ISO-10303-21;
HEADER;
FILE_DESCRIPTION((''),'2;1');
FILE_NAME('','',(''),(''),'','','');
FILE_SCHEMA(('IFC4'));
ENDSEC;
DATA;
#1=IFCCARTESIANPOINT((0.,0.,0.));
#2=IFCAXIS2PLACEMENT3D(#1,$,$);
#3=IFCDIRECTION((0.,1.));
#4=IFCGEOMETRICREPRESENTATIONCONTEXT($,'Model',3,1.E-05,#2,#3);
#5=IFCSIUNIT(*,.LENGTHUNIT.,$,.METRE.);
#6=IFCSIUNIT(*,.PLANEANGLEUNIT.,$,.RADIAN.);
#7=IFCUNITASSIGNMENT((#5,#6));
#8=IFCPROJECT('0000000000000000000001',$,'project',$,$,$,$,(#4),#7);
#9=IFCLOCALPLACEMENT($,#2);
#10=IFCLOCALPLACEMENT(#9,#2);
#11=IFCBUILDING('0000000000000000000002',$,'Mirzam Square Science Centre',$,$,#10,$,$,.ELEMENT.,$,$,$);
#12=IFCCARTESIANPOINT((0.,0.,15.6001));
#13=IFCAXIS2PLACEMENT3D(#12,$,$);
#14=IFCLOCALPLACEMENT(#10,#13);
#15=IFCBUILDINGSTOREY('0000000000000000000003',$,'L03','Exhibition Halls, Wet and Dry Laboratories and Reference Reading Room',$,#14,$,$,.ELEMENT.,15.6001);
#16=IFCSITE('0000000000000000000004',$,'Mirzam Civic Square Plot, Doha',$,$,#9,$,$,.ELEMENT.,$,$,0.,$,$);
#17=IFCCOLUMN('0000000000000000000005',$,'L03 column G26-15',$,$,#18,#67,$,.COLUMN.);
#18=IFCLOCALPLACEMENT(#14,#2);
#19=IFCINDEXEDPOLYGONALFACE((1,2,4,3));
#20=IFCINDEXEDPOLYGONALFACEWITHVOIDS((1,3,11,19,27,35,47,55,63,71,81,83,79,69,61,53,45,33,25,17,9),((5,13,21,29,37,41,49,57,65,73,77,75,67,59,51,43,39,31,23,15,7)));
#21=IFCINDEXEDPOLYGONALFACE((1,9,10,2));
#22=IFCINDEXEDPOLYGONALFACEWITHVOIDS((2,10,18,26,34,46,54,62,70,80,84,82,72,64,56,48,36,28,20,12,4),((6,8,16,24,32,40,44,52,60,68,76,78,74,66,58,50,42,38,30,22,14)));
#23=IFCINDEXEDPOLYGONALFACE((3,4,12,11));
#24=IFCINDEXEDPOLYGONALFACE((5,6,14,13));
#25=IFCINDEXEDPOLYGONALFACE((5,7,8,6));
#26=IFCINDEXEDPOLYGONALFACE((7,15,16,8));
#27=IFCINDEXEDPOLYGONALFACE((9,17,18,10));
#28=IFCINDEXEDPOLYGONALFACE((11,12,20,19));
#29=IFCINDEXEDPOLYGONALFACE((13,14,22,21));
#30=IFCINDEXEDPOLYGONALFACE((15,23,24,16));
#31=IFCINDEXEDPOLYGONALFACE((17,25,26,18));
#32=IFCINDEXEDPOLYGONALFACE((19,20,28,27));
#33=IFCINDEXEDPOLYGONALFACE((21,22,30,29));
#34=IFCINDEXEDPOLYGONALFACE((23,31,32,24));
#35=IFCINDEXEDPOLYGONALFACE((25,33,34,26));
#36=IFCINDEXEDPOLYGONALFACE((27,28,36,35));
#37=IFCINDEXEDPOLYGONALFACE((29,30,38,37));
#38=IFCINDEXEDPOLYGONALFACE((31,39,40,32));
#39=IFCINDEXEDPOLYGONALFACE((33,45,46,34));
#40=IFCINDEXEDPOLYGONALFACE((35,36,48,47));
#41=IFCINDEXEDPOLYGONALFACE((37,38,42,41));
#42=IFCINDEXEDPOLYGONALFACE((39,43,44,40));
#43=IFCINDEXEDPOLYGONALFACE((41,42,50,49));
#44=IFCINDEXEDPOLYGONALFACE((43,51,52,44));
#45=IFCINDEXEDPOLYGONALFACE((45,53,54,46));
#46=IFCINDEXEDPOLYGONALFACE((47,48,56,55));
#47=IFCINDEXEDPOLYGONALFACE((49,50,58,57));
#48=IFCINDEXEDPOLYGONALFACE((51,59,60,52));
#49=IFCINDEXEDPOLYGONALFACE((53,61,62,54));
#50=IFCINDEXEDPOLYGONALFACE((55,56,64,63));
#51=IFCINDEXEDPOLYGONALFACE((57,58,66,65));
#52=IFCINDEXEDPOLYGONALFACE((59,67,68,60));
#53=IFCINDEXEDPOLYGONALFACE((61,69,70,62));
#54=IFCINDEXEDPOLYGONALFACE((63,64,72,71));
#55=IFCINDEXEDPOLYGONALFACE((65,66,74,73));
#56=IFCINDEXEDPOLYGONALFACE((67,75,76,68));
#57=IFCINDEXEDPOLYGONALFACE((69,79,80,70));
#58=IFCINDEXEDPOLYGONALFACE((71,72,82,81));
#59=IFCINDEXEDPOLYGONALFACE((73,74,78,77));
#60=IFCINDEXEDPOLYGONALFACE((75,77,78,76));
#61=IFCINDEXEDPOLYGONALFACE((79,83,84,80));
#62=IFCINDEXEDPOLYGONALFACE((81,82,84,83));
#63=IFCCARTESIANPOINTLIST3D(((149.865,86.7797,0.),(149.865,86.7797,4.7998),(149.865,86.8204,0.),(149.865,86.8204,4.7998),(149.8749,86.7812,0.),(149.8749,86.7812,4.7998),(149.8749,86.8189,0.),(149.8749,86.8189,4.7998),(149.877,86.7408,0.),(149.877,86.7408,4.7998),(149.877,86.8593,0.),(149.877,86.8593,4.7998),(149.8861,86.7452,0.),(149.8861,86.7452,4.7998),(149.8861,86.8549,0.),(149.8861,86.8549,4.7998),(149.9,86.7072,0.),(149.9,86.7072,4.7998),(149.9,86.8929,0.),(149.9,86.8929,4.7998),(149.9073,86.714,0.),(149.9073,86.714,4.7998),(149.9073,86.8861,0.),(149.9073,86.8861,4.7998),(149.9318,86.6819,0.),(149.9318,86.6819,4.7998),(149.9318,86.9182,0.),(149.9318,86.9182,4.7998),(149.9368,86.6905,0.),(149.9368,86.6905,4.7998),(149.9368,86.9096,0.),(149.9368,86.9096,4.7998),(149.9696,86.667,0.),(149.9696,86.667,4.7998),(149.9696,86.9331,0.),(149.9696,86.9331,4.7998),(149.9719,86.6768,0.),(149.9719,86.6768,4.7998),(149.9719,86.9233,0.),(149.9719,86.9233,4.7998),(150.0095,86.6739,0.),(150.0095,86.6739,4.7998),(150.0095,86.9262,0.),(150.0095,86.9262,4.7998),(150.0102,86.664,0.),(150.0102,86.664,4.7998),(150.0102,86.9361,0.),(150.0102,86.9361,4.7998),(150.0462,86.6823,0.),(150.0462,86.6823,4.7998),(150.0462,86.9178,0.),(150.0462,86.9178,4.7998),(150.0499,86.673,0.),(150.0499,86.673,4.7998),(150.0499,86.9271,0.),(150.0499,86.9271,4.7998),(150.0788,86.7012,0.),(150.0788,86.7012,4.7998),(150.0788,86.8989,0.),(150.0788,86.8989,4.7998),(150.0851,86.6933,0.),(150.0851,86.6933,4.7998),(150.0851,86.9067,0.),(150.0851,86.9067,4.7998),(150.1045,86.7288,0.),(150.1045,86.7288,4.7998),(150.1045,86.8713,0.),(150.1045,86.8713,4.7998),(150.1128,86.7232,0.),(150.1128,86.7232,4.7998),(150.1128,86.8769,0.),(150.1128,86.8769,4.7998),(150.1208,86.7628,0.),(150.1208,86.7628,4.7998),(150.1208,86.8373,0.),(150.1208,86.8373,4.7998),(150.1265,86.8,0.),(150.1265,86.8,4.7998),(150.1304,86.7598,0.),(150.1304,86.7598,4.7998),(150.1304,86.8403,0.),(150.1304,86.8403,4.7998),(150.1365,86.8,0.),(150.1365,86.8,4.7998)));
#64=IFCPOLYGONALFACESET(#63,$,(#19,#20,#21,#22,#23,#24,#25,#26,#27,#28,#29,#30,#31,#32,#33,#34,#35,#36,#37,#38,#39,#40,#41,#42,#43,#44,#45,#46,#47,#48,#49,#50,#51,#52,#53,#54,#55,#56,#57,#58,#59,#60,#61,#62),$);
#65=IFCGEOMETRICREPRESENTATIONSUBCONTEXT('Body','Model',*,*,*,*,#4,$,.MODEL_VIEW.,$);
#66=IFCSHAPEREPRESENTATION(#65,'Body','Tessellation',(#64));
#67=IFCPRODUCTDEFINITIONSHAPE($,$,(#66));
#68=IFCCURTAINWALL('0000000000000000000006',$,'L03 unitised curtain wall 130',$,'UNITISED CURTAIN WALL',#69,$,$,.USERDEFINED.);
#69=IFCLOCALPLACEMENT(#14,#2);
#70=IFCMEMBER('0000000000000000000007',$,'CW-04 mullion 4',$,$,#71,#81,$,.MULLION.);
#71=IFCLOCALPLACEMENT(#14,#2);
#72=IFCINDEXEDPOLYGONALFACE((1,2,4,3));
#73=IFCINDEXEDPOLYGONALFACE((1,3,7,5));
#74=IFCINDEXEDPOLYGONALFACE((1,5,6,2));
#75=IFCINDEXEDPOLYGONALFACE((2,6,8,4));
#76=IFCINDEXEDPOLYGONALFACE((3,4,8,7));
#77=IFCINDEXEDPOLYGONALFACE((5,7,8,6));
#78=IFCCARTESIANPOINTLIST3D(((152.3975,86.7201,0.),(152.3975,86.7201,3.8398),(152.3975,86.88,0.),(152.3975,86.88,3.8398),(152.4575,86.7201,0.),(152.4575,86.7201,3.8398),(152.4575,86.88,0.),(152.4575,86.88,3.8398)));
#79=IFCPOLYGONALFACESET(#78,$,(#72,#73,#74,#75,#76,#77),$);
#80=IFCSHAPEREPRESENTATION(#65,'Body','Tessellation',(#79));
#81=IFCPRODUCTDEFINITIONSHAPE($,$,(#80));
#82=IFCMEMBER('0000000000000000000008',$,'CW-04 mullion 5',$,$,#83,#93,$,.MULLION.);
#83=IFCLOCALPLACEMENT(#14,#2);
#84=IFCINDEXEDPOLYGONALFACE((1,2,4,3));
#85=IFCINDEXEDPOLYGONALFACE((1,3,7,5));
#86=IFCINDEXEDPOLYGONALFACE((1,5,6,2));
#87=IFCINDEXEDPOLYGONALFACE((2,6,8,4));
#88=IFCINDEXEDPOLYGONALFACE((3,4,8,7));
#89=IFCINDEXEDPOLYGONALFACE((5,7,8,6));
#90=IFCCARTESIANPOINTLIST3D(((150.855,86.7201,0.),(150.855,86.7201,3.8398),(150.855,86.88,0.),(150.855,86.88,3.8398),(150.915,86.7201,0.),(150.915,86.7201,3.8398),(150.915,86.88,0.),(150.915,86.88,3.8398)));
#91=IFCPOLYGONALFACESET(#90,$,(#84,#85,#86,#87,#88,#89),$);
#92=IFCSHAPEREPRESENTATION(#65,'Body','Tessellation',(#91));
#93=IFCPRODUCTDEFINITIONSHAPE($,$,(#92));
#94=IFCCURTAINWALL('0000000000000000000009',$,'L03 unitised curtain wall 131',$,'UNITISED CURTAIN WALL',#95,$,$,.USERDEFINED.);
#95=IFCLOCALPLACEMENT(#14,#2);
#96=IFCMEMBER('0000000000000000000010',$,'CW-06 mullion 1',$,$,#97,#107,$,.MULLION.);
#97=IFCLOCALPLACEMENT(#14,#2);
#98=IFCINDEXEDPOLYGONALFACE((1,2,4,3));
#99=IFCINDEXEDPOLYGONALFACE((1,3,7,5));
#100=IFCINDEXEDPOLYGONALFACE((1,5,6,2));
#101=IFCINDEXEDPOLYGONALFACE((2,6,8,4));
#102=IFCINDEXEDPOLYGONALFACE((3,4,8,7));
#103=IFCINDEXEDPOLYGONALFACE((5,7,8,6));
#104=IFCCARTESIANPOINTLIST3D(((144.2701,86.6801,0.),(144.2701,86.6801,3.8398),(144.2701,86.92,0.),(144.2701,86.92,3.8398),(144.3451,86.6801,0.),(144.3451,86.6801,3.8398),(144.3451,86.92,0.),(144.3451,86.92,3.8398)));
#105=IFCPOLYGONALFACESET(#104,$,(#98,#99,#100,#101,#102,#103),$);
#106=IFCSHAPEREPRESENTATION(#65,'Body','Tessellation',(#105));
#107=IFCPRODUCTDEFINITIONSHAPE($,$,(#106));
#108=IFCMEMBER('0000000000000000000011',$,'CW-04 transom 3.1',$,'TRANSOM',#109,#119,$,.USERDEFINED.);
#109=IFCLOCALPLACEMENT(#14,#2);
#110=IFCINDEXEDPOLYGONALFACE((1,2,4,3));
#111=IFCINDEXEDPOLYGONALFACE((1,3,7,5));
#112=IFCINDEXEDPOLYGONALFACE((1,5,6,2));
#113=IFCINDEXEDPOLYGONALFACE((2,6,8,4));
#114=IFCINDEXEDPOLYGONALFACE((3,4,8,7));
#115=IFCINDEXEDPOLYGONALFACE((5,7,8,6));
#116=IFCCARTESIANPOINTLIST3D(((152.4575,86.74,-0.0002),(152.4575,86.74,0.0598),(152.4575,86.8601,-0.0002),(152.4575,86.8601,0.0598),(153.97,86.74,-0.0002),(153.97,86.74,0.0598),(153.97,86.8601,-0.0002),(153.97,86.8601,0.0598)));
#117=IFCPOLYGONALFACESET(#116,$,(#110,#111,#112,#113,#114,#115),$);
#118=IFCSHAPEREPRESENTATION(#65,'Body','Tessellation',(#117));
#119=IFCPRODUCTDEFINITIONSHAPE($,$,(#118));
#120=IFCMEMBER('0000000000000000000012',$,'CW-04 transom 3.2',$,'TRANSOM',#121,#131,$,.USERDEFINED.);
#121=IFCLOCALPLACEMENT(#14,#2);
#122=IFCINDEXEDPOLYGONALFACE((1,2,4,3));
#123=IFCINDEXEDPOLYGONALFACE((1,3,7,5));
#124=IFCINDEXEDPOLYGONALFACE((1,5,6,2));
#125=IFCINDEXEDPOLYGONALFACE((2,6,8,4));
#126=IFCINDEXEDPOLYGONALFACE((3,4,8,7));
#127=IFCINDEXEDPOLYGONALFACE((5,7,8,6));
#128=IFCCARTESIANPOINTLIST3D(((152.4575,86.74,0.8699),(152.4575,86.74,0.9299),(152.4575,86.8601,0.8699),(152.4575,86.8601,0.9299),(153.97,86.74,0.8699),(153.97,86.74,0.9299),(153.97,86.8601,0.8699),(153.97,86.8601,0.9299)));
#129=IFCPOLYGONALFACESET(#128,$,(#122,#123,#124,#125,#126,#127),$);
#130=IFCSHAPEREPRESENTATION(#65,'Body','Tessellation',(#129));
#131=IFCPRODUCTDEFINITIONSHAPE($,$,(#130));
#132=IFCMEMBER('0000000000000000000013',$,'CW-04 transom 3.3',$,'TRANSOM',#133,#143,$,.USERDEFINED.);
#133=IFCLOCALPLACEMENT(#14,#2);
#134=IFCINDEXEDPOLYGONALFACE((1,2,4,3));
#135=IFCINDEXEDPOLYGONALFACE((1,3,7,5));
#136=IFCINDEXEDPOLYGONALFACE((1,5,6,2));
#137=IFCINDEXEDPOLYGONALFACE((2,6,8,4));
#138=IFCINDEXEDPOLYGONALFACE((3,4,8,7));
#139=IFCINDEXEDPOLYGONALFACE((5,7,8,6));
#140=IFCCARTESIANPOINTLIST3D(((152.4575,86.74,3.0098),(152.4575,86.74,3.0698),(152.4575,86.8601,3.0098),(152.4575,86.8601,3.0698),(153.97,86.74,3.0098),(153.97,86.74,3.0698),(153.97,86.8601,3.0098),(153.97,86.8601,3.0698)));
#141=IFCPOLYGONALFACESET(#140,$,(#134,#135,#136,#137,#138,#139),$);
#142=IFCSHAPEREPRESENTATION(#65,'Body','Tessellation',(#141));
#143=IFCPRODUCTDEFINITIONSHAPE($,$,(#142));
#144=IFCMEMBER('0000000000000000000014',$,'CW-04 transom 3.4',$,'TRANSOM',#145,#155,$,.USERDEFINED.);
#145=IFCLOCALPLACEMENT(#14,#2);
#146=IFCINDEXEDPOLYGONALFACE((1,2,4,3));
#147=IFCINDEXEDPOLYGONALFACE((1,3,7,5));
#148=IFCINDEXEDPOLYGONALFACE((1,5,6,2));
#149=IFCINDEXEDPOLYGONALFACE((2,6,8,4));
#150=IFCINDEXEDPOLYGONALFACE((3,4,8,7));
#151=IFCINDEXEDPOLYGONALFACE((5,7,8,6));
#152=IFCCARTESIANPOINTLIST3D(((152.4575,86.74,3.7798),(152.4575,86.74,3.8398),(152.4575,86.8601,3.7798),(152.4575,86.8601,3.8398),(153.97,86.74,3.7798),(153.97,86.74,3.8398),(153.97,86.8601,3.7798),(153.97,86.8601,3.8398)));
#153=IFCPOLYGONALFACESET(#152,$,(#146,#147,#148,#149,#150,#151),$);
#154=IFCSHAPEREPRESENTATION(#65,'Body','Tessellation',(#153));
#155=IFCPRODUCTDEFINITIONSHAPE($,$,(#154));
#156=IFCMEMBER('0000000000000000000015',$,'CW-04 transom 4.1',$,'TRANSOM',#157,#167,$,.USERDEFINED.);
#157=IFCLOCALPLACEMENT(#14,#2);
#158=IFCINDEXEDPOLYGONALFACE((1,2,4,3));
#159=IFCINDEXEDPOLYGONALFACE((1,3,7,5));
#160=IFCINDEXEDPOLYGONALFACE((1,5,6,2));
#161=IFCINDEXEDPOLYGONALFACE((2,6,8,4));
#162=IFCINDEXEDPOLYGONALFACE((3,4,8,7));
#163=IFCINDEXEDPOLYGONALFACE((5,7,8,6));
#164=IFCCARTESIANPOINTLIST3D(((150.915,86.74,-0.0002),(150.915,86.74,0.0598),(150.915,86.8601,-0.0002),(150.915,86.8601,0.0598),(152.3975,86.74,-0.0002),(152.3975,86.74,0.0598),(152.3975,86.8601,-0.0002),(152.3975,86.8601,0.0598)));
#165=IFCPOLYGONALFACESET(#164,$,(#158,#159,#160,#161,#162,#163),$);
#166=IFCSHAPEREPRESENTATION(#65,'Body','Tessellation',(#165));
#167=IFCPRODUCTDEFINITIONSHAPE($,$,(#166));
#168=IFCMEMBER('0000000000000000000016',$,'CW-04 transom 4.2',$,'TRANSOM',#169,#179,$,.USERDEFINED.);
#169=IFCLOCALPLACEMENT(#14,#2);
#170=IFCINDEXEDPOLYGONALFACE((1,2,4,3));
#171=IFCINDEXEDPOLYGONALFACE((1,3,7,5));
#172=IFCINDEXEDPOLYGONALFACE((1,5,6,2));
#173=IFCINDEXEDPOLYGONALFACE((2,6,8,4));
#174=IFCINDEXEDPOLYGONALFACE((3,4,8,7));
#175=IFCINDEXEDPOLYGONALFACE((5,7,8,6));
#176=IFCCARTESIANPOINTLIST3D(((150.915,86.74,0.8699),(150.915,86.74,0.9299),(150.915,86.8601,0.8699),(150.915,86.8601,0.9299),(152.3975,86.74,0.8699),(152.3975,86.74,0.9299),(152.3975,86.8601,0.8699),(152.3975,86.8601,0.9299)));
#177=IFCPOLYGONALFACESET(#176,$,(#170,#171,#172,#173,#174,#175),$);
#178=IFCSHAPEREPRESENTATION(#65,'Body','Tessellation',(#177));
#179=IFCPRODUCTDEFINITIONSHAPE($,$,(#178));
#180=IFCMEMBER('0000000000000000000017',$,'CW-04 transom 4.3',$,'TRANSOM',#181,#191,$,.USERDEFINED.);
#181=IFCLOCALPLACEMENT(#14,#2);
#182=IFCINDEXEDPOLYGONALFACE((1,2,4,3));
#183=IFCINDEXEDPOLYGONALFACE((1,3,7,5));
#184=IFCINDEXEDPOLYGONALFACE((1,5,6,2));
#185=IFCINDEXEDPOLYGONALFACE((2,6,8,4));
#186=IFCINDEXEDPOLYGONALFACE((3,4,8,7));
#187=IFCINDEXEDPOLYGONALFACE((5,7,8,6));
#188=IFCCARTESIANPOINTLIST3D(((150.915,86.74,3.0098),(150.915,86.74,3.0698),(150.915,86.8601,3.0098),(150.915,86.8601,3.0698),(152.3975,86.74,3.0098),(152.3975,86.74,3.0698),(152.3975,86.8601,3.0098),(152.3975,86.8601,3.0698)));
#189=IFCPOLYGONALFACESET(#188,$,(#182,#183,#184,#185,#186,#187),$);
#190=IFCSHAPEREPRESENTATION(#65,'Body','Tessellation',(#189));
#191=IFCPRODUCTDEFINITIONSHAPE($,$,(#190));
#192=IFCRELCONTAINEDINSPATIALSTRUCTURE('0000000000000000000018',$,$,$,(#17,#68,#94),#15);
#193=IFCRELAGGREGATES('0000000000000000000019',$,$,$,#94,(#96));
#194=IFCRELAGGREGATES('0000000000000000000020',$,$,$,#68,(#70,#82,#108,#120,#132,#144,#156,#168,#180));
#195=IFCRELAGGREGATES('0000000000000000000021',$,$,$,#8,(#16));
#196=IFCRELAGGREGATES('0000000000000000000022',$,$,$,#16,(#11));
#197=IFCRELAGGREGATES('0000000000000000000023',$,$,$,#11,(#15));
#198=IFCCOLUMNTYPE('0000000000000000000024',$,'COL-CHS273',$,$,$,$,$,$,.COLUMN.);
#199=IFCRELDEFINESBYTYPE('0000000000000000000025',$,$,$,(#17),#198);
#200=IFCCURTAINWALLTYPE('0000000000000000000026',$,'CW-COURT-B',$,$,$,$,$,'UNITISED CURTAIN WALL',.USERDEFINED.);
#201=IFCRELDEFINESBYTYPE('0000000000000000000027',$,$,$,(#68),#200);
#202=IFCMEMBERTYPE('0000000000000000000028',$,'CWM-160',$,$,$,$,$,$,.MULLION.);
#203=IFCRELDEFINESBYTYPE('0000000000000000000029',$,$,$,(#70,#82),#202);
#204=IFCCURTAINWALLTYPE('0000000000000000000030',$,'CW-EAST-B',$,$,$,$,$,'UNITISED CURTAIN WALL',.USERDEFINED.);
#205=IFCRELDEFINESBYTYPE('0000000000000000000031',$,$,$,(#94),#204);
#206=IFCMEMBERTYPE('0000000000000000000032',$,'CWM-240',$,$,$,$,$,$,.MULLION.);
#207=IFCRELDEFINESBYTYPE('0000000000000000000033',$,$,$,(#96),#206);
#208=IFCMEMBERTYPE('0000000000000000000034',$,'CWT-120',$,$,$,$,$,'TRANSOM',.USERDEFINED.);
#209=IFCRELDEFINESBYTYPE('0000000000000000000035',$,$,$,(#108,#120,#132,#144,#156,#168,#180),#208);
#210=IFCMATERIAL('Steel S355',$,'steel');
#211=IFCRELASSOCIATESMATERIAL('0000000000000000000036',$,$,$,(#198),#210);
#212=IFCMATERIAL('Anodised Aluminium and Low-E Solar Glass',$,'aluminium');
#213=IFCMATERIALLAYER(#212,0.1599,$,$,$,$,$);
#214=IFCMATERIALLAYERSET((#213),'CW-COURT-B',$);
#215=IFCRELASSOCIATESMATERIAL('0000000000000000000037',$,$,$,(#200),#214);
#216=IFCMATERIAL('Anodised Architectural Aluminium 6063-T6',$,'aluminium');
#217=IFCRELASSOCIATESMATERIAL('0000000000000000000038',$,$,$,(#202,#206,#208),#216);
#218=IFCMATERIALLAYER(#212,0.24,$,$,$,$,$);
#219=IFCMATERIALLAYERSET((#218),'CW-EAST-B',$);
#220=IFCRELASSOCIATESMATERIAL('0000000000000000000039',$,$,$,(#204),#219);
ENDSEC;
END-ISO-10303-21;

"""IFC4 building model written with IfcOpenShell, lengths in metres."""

from ifc_helpers import new_model, si_unit, direction, frame, origin, origin_2d, place, context, subcontext, project, spatial, rectangle, hollow_circle, extrude, material, layer, layer_set, material_profile, profile_set, type_object, element, aggregate, save


model = new_model("IFC4")

# Units and contexts
model_context = context("Model", 3, precision=1e-05, world=origin(), true_north=direction((0.0, 1.0)))
body_context = subcontext(model_context, "Body", "Model", "MODEL_VIEW")
ifc_project = project(units=[si_unit("LENGTHUNIT", "METRE"), si_unit("PLANEANGLEUNIT", "RADIAN")], contexts=[model_context])

# Site, building, storey
site_placement = place(None, origin())
site = spatial("IfcSite", under=ifc_project, at=site_placement, Name="Mirzam Civic Square Plot, Doha", CompositionType="ELEMENT", RefElevation=0.0)
building_placement = place(site_placement, origin())
building = spatial("IfcBuilding", under=site, at=building_placement, Name="Mirzam Square Science Centre", CompositionType="ELEMENT")
storey_placement = place(building_placement, frame((0.0, 0.0, 15.6001)))
storey = spatial("IfcBuildingStorey", under=building, at=storey_placement, Name="L03", Description="Exhibition Halls, Wet and Dry Laboratories and Reference Reading Room", CompositionType="ELEMENT", Elevation=15.6001)

# Column
ifc_material_1 = material(Name="Steel S355", Category="steel")
ifc_material_profile_1 = material_profile(ifc_material_1, hollow_circle(Radius=0.1365, WallThickness=0.01, at=origin_2d()), Name="273.0x10.0CHS")
ifc_profile_set_1 = profile_set([ifc_material_profile_1], Name="Steel S355")
column_type = type_object("IfcColumnType", Name="COL-CHS273", PredefinedType="COLUMN", material=ifc_profile_set_1)
column_placement = place(storey_placement, frame((150.0, 86.8, 0.0), z_axis=(0.0, 0.0, 1.0), x_axis=(1.0, 0.0, 0.0)))
element("IfcColumn", 1, at=column_placement, inside=storey, type_object=column_type, Name="L03 column G26-15", PredefinedType="COLUMN", context=body_context, shape_type="SweptSolid", body=[
    extrude(hollow_circle(Radius=0.1365, WallThickness=0.01, at=origin_2d()), origin(), (0.0, 0.0, 1.0), 4.7998),
])

# Curtain wall, members
ifc_material_2 = material(Name="Anodised Aluminium and Low-E Solar Glass", Category="aluminium")
ifc_layer_1 = layer(ifc_material_2, 0.1599)
ifc_layer_set_1 = layer_set([ifc_layer_1], Name="CW-COURT-B")
curtain_wall_type_1 = type_object("IfcCurtainWallType", Name="CW-COURT-B", ElementType="UNITISED CURTAIN WALL", PredefinedType="USERDEFINED", material=ifc_layer_set_1)
curtain_wall_1_placement = place(storey_placement, origin())
curtain_wall_1 = element("IfcCurtainWall", 2, at=curtain_wall_1_placement, inside=storey, type_object=curtain_wall_type_1, Name="L03 unitised curtain wall 130", ObjectType="UNITISED CURTAIN WALL", PredefinedType="USERDEFINED")
ifc_material_3 = material(Name="Anodised Architectural Aluminium 6063-T6", Category="aluminium")
ifc_material_profile_2 = material_profile(ifc_material_3, rectangle(XDim=0.0601, YDim=0.1599, at=origin_2d()), Name="ALU-MULL-160x60x4")
ifc_profile_set_2 = profile_set([ifc_material_profile_2], Name="Anodised Architectural Aluminium 6063-T6")
member_type_1 = type_object("IfcMemberType", Name="CWM-160", PredefinedType="MULLION", material=ifc_profile_set_2)
member_1_placement = place(storey_placement, frame((152.4275, 86.8, 0.0), z_axis=(0.0, 0.0, 1.0), x_axis=(-1.0, 0.0, 0.0)))
member_1 = element("IfcMember", 3, at=member_1_placement, type_object=member_type_1, Name="CW-04 mullion 4", PredefinedType="MULLION", context=body_context, shape_type="SweptSolid", body=[
    extrude(rectangle(XDim=0.0601, YDim=0.1599, at=origin_2d()), origin(), (0.0, 0.0, 1.0), 3.8398),
])
member_2_placement = place(storey_placement, frame((150.885, 86.8, 0.0), z_axis=(0.0, 0.0, 1.0), x_axis=(-1.0, 0.0, 0.0)))
member_2 = element("IfcMember", 4, at=member_2_placement, type_object=member_type_1, Name="CW-04 mullion 5", PredefinedType="MULLION", context=body_context, shape_type="SweptSolid", body=[
    extrude(rectangle(XDim=0.0601, YDim=0.1599, at=origin_2d()), origin(), (0.0, 0.0, 1.0), 3.8398),
])

# Curtain wall, member
ifc_layer_2 = layer(ifc_material_2, 0.24)
ifc_layer_set_2 = layer_set([ifc_layer_2], Name="CW-EAST-B")
curtain_wall_type_2 = type_object("IfcCurtainWallType", Name="CW-EAST-B", ElementType="UNITISED CURTAIN WALL", PredefinedType="USERDEFINED", material=ifc_layer_set_2)
curtain_wall_2_placement = place(storey_placement, origin())
curtain_wall_2 = element("IfcCurtainWall", 5, at=curtain_wall_2_placement, inside=storey, type_object=curtain_wall_type_2, Name="L03 unitised curtain wall 131", ObjectType="UNITISED CURTAIN WALL", PredefinedType="USERDEFINED")
ifc_material_profile_3 = material_profile(ifc_material_3, rectangle(XDim=0.075, YDim=0.24, at=origin_2d()), Name="ALU-MULL-240x75x5")
ifc_profile_set_3 = profile_set([ifc_material_profile_3], Name="Anodised Architectural Aluminium 6063-T6")
member_type_2 = type_object("IfcMemberType", Name="CWM-240", PredefinedType="MULLION", material=ifc_profile_set_3)
member_3_placement = place(storey_placement, frame((144.3076, 86.8, 0.0), z_axis=(0.0, 0.0, 1.0), x_axis=(-1.0, 0.0, 0.0)))
member_3 = element("IfcMember", 6, at=member_3_placement, type_object=member_type_2, Name="CW-06 mullion 1", PredefinedType="MULLION", context=body_context, shape_type="SweptSolid", body=[
    extrude(rectangle(XDim=0.075, YDim=0.24, at=origin_2d()), origin(), (0.0, 0.0, 1.0), 3.8398),
])

# Members
ifc_material_profile_4 = material_profile(ifc_material_3, rectangle(XDim=0.1201, YDim=0.0601, at=origin_2d()), Name="ALU-TRAN-120x60x4")
ifc_profile_set_4 = profile_set([ifc_material_profile_4], Name="Anodised Architectural Aluminium 6063-T6")
member_type_3 = type_object("IfcMemberType", Name="CWT-120", ElementType="TRANSOM", PredefinedType="USERDEFINED", material=ifc_profile_set_4)
member_4_placement = place(storey_placement, frame((153.97, 86.8, 0.0298), z_axis=(-1.0, 0.0, 0.0), x_axis=(0.0, -1.0, 0.0)))
member_4 = element("IfcMember", 7, at=member_4_placement, type_object=member_type_3, Name="CW-04 transom 3.1", ObjectType="TRANSOM", PredefinedType="USERDEFINED", context=body_context, shape_type="SweptSolid", body=[
    extrude(rectangle(XDim=0.1201, YDim=0.0601, at=origin_2d()), origin(), (0.0, 0.0, 1.0), 1.5125),
])
member_5_placement = place(storey_placement, frame((153.97, 86.8, 0.8999), z_axis=(-1.0, 0.0, 0.0), x_axis=(0.0, -1.0, 0.0)))
member_5 = element("IfcMember", 8, at=member_5_placement, type_object=member_type_3, Name="CW-04 transom 3.2", ObjectType="TRANSOM", PredefinedType="USERDEFINED", context=body_context, shape_type="SweptSolid", body=[
    extrude(rectangle(XDim=0.1201, YDim=0.0601, at=origin_2d()), origin(), (0.0, 0.0, 1.0), 1.5125),
])
member_6_placement = place(storey_placement, frame((153.97, 86.8, 3.0398), z_axis=(-1.0, 0.0, 0.0), x_axis=(0.0, -1.0, 0.0)))
member_6 = element("IfcMember", 9, at=member_6_placement, type_object=member_type_3, Name="CW-04 transom 3.3", ObjectType="TRANSOM", PredefinedType="USERDEFINED", context=body_context, shape_type="SweptSolid", body=[
    extrude(rectangle(XDim=0.1201, YDim=0.0601, at=origin_2d()), origin(), (0.0, 0.0, 1.0), 1.5125),
])
member_7_placement = place(storey_placement, frame((153.97, 86.8, 3.8098), z_axis=(-1.0, 0.0, 0.0), x_axis=(0.0, -1.0, 0.0)))
member_7 = element("IfcMember", 10, at=member_7_placement, type_object=member_type_3, Name="CW-04 transom 3.4", ObjectType="TRANSOM", PredefinedType="USERDEFINED", context=body_context, shape_type="SweptSolid", body=[
    extrude(rectangle(XDim=0.1201, YDim=0.0601, at=origin_2d()), origin(), (0.0, 0.0, 1.0), 1.5125),
])
member_8_placement = place(storey_placement, frame((152.3975, 86.8, 0.0298), z_axis=(-1.0, 0.0, 0.0), x_axis=(0.0, -1.0, 0.0)))
member_8 = element("IfcMember", 11, at=member_8_placement, type_object=member_type_3, Name="CW-04 transom 4.1", ObjectType="TRANSOM", PredefinedType="USERDEFINED", context=body_context, shape_type="SweptSolid", body=[
    extrude(rectangle(XDim=0.1201, YDim=0.0601, at=origin_2d()), origin(), (0.0, 0.0, 1.0), 1.4824),
])
member_9_placement = place(storey_placement, frame((152.3975, 86.8, 0.8999), z_axis=(-1.0, 0.0, 0.0), x_axis=(0.0, -1.0, 0.0)))
member_9 = element("IfcMember", 12, at=member_9_placement, type_object=member_type_3, Name="CW-04 transom 4.2", ObjectType="TRANSOM", PredefinedType="USERDEFINED", context=body_context, shape_type="SweptSolid", body=[
    extrude(rectangle(XDim=0.1201, YDim=0.0601, at=origin_2d()), origin(), (0.0, 0.0, 1.0), 1.4824),
])
member_10_placement = place(storey_placement, frame((152.3975, 86.8, 3.0398), z_axis=(-1.0, 0.0, 0.0), x_axis=(0.0, -1.0, 0.0)))
member_10 = element("IfcMember", 13, at=member_10_placement, type_object=member_type_3, Name="CW-04 transom 4.3", ObjectType="TRANSOM", PredefinedType="USERDEFINED", context=body_context, shape_type="SweptSolid", body=[
    extrude(rectangle(XDim=0.1201, YDim=0.0601, at=origin_2d()), origin(), (0.0, 0.0, 1.0), 1.4824),
])
aggregate(curtain_wall_2, [member_3])

aggregate(curtain_wall_1, [member_1, member_2, member_4, member_5, member_6, member_7, member_8, member_9, member_10])

save(model, "model.ifc")
